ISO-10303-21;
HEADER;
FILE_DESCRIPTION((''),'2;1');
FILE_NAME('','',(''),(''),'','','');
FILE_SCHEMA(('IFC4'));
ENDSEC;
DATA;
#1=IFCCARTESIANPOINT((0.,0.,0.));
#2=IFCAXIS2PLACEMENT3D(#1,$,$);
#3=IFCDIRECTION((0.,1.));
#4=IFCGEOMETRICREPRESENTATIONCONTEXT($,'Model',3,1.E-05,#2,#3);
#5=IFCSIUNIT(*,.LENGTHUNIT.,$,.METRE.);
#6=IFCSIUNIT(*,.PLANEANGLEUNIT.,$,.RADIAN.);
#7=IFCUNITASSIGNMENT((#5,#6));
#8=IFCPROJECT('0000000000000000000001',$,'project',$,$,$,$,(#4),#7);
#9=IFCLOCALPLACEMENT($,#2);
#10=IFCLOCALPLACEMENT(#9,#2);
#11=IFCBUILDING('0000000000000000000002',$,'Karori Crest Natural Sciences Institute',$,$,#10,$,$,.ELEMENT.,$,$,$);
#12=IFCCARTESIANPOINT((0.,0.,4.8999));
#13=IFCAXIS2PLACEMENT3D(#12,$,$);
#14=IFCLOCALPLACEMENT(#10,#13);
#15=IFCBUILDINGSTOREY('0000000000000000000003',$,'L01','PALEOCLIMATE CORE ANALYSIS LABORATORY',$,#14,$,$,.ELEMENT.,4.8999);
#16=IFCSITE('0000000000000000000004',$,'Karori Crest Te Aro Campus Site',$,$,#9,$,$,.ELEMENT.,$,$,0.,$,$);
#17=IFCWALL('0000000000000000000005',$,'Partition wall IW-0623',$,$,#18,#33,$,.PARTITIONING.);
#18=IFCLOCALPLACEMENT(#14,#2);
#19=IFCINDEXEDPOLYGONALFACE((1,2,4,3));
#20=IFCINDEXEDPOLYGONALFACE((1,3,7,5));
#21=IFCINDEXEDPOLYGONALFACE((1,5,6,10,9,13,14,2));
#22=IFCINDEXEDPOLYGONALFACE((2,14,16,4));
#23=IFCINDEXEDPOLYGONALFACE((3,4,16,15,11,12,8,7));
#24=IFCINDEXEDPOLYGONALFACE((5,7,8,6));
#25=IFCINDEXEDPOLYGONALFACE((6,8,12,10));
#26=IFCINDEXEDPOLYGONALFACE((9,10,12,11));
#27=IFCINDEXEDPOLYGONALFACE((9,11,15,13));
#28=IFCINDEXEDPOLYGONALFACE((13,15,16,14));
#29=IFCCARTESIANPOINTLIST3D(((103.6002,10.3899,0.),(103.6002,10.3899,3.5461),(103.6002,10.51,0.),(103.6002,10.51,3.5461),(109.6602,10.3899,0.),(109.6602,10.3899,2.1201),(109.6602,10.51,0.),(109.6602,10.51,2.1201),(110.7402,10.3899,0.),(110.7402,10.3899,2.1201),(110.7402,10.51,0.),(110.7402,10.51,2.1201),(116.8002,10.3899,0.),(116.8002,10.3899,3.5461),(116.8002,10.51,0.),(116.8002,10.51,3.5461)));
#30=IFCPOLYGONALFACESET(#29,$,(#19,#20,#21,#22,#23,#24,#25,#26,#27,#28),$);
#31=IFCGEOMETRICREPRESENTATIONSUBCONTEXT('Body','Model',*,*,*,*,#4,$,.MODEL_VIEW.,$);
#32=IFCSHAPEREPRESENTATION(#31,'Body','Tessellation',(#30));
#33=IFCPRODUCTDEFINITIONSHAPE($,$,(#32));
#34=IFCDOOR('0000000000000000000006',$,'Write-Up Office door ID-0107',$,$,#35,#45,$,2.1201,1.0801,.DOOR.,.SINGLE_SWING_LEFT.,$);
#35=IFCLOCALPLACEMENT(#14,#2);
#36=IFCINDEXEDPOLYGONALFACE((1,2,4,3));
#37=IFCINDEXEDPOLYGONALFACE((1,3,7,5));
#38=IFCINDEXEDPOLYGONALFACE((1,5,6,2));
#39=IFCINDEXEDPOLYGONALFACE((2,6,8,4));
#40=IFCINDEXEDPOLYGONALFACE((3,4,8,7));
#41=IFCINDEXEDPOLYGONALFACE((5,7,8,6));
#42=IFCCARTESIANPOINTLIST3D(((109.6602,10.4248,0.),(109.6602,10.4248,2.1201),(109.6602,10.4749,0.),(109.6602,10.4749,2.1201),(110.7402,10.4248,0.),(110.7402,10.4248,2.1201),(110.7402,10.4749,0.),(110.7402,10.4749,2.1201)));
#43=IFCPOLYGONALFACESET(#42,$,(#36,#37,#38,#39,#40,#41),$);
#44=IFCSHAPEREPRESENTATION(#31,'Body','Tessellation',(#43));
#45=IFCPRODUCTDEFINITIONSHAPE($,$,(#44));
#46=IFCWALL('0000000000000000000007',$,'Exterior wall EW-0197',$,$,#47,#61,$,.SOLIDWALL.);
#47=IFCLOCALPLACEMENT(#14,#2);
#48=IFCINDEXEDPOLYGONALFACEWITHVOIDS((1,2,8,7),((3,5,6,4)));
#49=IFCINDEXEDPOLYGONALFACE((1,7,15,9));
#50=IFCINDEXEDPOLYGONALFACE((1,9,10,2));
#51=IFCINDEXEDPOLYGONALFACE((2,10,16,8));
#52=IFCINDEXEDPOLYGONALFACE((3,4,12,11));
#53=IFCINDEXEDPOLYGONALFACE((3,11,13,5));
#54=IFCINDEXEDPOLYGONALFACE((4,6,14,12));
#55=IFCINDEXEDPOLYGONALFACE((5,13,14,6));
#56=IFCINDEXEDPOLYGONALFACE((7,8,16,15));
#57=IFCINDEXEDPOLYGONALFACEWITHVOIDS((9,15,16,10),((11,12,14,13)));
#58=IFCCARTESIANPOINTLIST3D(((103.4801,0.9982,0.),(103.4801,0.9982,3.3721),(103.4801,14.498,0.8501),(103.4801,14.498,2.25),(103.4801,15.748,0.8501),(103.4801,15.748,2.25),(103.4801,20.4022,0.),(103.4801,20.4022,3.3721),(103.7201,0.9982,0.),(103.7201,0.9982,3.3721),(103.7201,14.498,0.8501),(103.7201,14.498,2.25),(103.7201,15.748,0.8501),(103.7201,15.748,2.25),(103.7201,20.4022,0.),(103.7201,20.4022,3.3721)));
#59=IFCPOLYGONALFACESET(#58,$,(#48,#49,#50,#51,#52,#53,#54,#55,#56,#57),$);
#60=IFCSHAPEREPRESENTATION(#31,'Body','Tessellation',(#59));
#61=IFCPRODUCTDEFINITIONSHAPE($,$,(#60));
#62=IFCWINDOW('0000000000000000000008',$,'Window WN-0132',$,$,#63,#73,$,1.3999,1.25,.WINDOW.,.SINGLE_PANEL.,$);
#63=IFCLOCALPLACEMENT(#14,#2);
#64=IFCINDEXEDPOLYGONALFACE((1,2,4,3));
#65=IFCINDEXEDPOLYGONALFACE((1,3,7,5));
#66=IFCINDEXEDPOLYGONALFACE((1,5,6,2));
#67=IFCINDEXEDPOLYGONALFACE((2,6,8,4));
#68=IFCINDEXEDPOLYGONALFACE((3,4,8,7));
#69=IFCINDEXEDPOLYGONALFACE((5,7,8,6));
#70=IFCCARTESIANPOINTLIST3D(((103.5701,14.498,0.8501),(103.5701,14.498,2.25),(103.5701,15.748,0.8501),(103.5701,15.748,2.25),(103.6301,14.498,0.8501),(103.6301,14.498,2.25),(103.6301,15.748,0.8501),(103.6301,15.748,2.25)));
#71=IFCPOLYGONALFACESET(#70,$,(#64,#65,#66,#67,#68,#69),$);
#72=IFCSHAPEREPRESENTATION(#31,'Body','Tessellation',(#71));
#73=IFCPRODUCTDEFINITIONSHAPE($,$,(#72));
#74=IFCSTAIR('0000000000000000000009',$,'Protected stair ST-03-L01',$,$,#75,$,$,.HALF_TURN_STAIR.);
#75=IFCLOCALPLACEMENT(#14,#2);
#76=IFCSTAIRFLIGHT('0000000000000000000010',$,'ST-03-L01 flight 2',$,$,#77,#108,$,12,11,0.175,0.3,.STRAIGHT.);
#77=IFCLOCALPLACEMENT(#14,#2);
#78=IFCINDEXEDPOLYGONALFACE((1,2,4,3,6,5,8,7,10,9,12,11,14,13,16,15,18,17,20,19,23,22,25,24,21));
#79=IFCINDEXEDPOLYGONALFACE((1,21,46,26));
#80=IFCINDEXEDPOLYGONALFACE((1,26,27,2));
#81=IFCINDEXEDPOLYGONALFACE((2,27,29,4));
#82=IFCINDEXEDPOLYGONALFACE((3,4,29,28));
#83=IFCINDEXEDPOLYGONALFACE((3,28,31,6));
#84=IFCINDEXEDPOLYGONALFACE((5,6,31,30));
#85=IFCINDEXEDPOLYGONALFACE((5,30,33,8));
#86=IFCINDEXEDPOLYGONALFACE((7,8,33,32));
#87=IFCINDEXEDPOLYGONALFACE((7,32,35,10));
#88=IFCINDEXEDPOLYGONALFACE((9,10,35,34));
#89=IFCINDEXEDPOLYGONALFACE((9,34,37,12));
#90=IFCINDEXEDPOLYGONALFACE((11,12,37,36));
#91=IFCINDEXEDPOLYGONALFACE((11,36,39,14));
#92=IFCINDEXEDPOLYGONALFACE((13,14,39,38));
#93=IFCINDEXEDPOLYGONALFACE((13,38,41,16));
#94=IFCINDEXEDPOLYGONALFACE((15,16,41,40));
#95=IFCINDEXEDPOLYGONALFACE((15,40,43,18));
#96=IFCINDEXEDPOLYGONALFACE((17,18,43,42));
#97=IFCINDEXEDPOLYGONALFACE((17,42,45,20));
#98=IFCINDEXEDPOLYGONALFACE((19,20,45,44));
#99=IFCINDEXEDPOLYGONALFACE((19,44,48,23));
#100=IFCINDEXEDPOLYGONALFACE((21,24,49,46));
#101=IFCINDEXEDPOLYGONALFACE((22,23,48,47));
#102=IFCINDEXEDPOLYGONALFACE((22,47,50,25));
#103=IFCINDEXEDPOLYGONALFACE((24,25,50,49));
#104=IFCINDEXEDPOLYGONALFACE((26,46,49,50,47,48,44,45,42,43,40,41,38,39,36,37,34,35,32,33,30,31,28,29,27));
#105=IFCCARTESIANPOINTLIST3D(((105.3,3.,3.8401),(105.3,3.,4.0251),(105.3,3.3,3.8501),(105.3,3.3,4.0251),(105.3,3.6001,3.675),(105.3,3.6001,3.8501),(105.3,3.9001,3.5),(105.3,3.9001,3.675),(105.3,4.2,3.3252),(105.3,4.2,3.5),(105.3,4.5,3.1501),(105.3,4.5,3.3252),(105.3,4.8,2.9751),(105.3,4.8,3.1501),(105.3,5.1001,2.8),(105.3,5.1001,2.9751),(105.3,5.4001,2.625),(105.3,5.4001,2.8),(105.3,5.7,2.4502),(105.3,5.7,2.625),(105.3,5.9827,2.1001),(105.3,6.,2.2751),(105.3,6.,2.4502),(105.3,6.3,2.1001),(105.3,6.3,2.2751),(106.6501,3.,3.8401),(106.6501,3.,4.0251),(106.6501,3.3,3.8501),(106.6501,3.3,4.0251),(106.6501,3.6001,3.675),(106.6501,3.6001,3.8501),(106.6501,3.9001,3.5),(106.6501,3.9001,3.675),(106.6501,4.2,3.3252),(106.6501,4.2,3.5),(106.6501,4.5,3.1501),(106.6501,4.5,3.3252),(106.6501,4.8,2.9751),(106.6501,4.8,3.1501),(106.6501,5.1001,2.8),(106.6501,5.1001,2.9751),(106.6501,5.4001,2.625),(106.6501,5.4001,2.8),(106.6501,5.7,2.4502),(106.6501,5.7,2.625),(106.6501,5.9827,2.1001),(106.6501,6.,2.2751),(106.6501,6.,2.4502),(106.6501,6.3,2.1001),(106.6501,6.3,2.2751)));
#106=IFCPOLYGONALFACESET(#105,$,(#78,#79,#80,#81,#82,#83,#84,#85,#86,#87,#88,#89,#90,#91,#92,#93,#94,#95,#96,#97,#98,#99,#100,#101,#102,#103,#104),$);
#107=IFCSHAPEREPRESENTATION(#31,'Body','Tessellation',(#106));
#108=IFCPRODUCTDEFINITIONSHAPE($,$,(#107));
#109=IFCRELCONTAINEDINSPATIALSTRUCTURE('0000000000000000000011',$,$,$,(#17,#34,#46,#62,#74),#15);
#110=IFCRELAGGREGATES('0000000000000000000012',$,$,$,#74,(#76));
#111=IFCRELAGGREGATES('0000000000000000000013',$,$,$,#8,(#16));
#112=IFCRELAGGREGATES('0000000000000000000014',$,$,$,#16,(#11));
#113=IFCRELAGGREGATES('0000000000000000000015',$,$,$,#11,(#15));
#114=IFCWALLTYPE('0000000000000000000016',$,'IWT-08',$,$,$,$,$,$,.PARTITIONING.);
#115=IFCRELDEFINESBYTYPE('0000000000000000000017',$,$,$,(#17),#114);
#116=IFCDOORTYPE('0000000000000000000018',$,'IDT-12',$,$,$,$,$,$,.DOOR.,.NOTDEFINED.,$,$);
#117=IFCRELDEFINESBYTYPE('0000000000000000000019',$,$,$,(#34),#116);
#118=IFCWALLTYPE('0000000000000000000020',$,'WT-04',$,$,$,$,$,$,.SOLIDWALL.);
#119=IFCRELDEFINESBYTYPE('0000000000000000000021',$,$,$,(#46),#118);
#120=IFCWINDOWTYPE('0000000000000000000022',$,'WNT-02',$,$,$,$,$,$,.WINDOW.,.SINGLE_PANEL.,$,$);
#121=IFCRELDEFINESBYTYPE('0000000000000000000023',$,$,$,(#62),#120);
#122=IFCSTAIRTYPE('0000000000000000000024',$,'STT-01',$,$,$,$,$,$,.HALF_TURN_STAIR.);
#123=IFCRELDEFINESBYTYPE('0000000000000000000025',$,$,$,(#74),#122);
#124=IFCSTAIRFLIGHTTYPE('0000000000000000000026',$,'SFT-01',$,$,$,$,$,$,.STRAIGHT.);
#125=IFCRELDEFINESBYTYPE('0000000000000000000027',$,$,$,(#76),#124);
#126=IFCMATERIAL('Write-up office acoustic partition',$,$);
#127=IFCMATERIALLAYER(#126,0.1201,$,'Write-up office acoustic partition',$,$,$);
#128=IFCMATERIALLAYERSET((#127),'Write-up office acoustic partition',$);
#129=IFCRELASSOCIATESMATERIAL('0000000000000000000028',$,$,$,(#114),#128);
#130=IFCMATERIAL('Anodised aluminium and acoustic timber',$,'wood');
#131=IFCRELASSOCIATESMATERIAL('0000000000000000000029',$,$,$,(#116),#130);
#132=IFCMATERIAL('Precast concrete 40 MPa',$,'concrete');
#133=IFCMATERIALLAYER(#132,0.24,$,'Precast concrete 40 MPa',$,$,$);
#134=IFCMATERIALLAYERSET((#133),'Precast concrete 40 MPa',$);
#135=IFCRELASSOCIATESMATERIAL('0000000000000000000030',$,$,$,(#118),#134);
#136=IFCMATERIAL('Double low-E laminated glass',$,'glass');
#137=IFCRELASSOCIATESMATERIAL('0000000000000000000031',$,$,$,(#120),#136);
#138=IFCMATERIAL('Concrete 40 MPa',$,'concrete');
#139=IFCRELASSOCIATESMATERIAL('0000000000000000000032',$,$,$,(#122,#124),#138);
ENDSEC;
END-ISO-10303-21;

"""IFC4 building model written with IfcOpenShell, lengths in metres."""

from ifc_helpers import new_model, si_unit, direction, frame, frame_2d, origin, place, context, subcontext, project, spatial, polyline, rectangle, outline, extrude, material, layer, layer_set, type_object, element, fill, aggregate, save


model = new_model("IFC4")

# Units and contexts
model_context = context("Model", 3, precision=1e-05, world=origin(), true_north=direction((0.0, 1.0)))
body_context = subcontext(model_context, "Body", "Model", "MODEL_VIEW")
ifc_project = project(units=[si_unit("LENGTHUNIT", "METRE"), si_unit("PLANEANGLEUNIT", "RADIAN")], contexts=[model_context])

# Site, building, storey
site_placement = place(None, origin())
site = spatial("IfcSite", under=ifc_project, at=site_placement, Name="Karori Crest Te Aro Campus Site", CompositionType="ELEMENT", RefElevation=0.0)
building_placement = place(site_placement, origin())
building = spatial("IfcBuilding", under=site, at=building_placement, Name="Karori Crest Natural Sciences Institute", CompositionType="ELEMENT")
storey_placement = place(building_placement, frame((0.0, 0.0, 4.8999)))
storey = spatial("IfcBuildingStorey", under=building, at=storey_placement, Name="L01", Description="PALEOCLIMATE CORE ANALYSIS LABORATORY", CompositionType="ELEMENT", Elevation=4.8999)

# Wall, opening, door
ifc_material_1 = material(Name="Write-up office acoustic partition")
ifc_layer_1 = layer(ifc_material_1, 0.1201, Name="Write-up office acoustic partition")
ifc_layer_set_1 = layer_set([ifc_layer_1], Name="Write-up office acoustic partition")
wall_type_1 = type_object("IfcWallType", Name="IWT-08", PredefinedType="PARTITIONING", material=ifc_layer_set_1)
wall_1_placement = place(storey_placement, frame((103.6001, 10.45, 0.0), z_axis=(0.0, 0.0, 1.0), x_axis=(1.0, 0.0, 0.0)))
wall_1 = element("IfcWall", 1, at=wall_1_placement, inside=storey, type_object=wall_type_1, Name="Partition wall IW-0623", PredefinedType="PARTITIONING", context=body_context, shape_type="SweptSolid", body=[
    extrude(rectangle(XDim=13.2, YDim=0.1201, at=frame_2d((6.6001, 0.0))), origin(), (0.0, 0.0, 1.0), 3.5461),
])
opening_1_placement = place(wall_1_placement, frame((6.0601, 0.0, 0.0)))
opening_1 = element("IfcOpeningElement", 2, at=opening_1_placement, cuts=wall_1, PredefinedType="OPENING", context=body_context, shape_type="SweptSolid", body=[
    extrude(rectangle(XDim=1.0801, YDim=2.1201, at=frame_2d((0.54, 1.0601))), frame((0.0, 0.0701, 0.0), z_axis=(0.0, -1.0, 0.0), x_axis=(1.0, 0.0, 0.0)), (0.0, 0.0, 1.0), 0.1401),
])
ifc_material_2 = material(Name="Anodised aluminium and acoustic timber", Category="wood")
door_type = type_object("IfcDoorType", Name="IDT-12", OperationType="NOTDEFINED", PredefinedType="DOOR", material=ifc_material_2)
door_placement = place(opening_1_placement, origin())
door = element("IfcDoor", 3, at=door_placement, inside=storey, type_object=door_type, Name="Write-Up Office door ID-0107", OperationType="SINGLE_SWING_LEFT", OverallHeight=2.1201, OverallWidth=1.0801, PredefinedType="DOOR", context=body_context, shape_type="SweptSolid", body=[
    extrude(rectangle(XDim=1.0801, YDim=2.1201, at=frame_2d((0.54, 1.0601))), frame((0.0, 0.0249, 0.0), z_axis=(0.0, -1.0, 0.0), x_axis=(1.0, 0.0, 0.0)), (0.0, 0.0, 1.0), 0.05),
])
fill(opening_1, door)

# Wall, opening, window
ifc_material_3 = material(Name="Precast concrete 40 MPa", Category="concrete")
ifc_layer_2 = layer(ifc_material_3, 0.24, Name="Precast concrete 40 MPa")
ifc_layer_set_2 = layer_set([ifc_layer_2], Name="Precast concrete 40 MPa")
wall_type_2 = type_object("IfcWallType", Name="WT-04", PredefinedType="SOLIDWALL", material=ifc_layer_set_2)
wall_2_placement = place(storey_placement, frame((103.6001, 0.998, 0.0), z_axis=(0.0, 0.0, 1.0), x_axis=(0.0, 1.0, 0.0)))
wall_2 = element("IfcWall", 4, at=wall_2_placement, inside=storey, type_object=wall_type_2, Name="Exterior wall EW-0197", PredefinedType="SOLIDWALL", context=body_context, shape_type="SweptSolid", body=[
    extrude(rectangle(XDim=19.4041, YDim=0.24, at=frame_2d((9.7021, 0.0))), origin(), (0.0, 0.0, 1.0), 3.3721),
])
opening_2_placement = place(wall_2_placement, frame((13.5, 0.0, 0.8501)))
opening_2 = element("IfcOpeningElement", 5, at=opening_2_placement, cuts=wall_2, PredefinedType="OPENING", context=body_context, shape_type="SweptSolid", body=[
    extrude(rectangle(XDim=1.25, YDim=1.3999, at=frame_2d((0.625, 0.7))), frame((0.0, 0.1299, 0.0), z_axis=(0.0, -1.0, 0.0), x_axis=(1.0, 0.0, 0.0)), (0.0, 0.0, 1.0), 0.26),
])
ifc_material_4 = material(Name="Double low-E laminated glass", Category="glass")
window_type = type_object("IfcWindowType", Name="WNT-02", PartitioningType="SINGLE_PANEL", PredefinedType="WINDOW", material=ifc_material_4)
window_placement = place(opening_2_placement, origin())
window = element("IfcWindow", 6, at=window_placement, inside=storey, type_object=window_type, Name="Window WN-0132", OverallHeight=1.3999, OverallWidth=1.25, PartitioningType="SINGLE_PANEL", PredefinedType="WINDOW", context=body_context, shape_type="SweptSolid", body=[
    extrude(rectangle(XDim=1.25, YDim=1.3999, at=frame_2d((0.625, 0.7))), frame((0.0, 0.03, 0.0), z_axis=(0.0, -1.0, 0.0), x_axis=(1.0, 0.0, 0.0)), (0.0, 0.0, 1.0), 0.0601),
])
fill(opening_2, window)

# Stair, stair flight
ifc_material_5 = material(Name="Concrete 40 MPa", Category="concrete")
stair_type = type_object("IfcStairType", Name="STT-01", PredefinedType="HALF_TURN_STAIR", material=ifc_material_5)
stair_placement = place(storey_placement, origin())
stair = element("IfcStair", 7, at=stair_placement, inside=storey, type_object=stair_type, Name="Protected stair ST-03-L01", PredefinedType="HALF_TURN_STAIR")
stair_flight_type = type_object("IfcStairFlightType", Name="SFT-01", PredefinedType="STRAIGHT", material=ifc_material_5)
stair_flight_placement = place(storey_placement, frame((105.9751, 6.3, 2.1001), z_axis=(0.0, 0.0, 1.0), x_axis=(0.0, -1.0, 0.0)))
stair_flight = element("IfcStairFlight", 8, at=stair_flight_placement, type_object=stair_flight_type, Name="ST-03-L01 flight 2", NumberOfRisers=12, NumberOfTreads=11, PredefinedType="STRAIGHT", RiserHeight=0.175, TreadLength=0.3, context=body_context, shape_type="SweptSolid", body=[
    extrude(outline(polyline([(0.0, 0.0), (0.0, 0.175), (0.3, 0.175), (0.3, 0.3501), (0.6001, 0.3501), (0.6001, 0.5249), (0.8999, 0.5249), (0.8999, 0.7), (1.2, 0.7), (1.2, 0.875), (1.5, 0.875), (1.5, 1.05), (1.8, 1.05), (1.8, 1.2251), (2.1001, 1.2251), (2.1001, 1.3999), (2.3999, 1.3999), (2.3999, 1.575), (2.7, 1.575), (2.7, 1.75), (3.0, 1.75), (3.0, 1.925), (3.3, 1.925), (3.3, 2.1001), (3.3, 1.74), (0.3174, 0.0), (0.0, 0.0)])), frame((0.0, 0.675, 0.0), z_axis=(0.0, -1.0, 0.0), x_axis=(1.0, 0.0, 0.0)), (0.0, 0.0, 1.0), 1.3501),
])
aggregate(stair, [stair_flight])

save(model, "model.ifc")
